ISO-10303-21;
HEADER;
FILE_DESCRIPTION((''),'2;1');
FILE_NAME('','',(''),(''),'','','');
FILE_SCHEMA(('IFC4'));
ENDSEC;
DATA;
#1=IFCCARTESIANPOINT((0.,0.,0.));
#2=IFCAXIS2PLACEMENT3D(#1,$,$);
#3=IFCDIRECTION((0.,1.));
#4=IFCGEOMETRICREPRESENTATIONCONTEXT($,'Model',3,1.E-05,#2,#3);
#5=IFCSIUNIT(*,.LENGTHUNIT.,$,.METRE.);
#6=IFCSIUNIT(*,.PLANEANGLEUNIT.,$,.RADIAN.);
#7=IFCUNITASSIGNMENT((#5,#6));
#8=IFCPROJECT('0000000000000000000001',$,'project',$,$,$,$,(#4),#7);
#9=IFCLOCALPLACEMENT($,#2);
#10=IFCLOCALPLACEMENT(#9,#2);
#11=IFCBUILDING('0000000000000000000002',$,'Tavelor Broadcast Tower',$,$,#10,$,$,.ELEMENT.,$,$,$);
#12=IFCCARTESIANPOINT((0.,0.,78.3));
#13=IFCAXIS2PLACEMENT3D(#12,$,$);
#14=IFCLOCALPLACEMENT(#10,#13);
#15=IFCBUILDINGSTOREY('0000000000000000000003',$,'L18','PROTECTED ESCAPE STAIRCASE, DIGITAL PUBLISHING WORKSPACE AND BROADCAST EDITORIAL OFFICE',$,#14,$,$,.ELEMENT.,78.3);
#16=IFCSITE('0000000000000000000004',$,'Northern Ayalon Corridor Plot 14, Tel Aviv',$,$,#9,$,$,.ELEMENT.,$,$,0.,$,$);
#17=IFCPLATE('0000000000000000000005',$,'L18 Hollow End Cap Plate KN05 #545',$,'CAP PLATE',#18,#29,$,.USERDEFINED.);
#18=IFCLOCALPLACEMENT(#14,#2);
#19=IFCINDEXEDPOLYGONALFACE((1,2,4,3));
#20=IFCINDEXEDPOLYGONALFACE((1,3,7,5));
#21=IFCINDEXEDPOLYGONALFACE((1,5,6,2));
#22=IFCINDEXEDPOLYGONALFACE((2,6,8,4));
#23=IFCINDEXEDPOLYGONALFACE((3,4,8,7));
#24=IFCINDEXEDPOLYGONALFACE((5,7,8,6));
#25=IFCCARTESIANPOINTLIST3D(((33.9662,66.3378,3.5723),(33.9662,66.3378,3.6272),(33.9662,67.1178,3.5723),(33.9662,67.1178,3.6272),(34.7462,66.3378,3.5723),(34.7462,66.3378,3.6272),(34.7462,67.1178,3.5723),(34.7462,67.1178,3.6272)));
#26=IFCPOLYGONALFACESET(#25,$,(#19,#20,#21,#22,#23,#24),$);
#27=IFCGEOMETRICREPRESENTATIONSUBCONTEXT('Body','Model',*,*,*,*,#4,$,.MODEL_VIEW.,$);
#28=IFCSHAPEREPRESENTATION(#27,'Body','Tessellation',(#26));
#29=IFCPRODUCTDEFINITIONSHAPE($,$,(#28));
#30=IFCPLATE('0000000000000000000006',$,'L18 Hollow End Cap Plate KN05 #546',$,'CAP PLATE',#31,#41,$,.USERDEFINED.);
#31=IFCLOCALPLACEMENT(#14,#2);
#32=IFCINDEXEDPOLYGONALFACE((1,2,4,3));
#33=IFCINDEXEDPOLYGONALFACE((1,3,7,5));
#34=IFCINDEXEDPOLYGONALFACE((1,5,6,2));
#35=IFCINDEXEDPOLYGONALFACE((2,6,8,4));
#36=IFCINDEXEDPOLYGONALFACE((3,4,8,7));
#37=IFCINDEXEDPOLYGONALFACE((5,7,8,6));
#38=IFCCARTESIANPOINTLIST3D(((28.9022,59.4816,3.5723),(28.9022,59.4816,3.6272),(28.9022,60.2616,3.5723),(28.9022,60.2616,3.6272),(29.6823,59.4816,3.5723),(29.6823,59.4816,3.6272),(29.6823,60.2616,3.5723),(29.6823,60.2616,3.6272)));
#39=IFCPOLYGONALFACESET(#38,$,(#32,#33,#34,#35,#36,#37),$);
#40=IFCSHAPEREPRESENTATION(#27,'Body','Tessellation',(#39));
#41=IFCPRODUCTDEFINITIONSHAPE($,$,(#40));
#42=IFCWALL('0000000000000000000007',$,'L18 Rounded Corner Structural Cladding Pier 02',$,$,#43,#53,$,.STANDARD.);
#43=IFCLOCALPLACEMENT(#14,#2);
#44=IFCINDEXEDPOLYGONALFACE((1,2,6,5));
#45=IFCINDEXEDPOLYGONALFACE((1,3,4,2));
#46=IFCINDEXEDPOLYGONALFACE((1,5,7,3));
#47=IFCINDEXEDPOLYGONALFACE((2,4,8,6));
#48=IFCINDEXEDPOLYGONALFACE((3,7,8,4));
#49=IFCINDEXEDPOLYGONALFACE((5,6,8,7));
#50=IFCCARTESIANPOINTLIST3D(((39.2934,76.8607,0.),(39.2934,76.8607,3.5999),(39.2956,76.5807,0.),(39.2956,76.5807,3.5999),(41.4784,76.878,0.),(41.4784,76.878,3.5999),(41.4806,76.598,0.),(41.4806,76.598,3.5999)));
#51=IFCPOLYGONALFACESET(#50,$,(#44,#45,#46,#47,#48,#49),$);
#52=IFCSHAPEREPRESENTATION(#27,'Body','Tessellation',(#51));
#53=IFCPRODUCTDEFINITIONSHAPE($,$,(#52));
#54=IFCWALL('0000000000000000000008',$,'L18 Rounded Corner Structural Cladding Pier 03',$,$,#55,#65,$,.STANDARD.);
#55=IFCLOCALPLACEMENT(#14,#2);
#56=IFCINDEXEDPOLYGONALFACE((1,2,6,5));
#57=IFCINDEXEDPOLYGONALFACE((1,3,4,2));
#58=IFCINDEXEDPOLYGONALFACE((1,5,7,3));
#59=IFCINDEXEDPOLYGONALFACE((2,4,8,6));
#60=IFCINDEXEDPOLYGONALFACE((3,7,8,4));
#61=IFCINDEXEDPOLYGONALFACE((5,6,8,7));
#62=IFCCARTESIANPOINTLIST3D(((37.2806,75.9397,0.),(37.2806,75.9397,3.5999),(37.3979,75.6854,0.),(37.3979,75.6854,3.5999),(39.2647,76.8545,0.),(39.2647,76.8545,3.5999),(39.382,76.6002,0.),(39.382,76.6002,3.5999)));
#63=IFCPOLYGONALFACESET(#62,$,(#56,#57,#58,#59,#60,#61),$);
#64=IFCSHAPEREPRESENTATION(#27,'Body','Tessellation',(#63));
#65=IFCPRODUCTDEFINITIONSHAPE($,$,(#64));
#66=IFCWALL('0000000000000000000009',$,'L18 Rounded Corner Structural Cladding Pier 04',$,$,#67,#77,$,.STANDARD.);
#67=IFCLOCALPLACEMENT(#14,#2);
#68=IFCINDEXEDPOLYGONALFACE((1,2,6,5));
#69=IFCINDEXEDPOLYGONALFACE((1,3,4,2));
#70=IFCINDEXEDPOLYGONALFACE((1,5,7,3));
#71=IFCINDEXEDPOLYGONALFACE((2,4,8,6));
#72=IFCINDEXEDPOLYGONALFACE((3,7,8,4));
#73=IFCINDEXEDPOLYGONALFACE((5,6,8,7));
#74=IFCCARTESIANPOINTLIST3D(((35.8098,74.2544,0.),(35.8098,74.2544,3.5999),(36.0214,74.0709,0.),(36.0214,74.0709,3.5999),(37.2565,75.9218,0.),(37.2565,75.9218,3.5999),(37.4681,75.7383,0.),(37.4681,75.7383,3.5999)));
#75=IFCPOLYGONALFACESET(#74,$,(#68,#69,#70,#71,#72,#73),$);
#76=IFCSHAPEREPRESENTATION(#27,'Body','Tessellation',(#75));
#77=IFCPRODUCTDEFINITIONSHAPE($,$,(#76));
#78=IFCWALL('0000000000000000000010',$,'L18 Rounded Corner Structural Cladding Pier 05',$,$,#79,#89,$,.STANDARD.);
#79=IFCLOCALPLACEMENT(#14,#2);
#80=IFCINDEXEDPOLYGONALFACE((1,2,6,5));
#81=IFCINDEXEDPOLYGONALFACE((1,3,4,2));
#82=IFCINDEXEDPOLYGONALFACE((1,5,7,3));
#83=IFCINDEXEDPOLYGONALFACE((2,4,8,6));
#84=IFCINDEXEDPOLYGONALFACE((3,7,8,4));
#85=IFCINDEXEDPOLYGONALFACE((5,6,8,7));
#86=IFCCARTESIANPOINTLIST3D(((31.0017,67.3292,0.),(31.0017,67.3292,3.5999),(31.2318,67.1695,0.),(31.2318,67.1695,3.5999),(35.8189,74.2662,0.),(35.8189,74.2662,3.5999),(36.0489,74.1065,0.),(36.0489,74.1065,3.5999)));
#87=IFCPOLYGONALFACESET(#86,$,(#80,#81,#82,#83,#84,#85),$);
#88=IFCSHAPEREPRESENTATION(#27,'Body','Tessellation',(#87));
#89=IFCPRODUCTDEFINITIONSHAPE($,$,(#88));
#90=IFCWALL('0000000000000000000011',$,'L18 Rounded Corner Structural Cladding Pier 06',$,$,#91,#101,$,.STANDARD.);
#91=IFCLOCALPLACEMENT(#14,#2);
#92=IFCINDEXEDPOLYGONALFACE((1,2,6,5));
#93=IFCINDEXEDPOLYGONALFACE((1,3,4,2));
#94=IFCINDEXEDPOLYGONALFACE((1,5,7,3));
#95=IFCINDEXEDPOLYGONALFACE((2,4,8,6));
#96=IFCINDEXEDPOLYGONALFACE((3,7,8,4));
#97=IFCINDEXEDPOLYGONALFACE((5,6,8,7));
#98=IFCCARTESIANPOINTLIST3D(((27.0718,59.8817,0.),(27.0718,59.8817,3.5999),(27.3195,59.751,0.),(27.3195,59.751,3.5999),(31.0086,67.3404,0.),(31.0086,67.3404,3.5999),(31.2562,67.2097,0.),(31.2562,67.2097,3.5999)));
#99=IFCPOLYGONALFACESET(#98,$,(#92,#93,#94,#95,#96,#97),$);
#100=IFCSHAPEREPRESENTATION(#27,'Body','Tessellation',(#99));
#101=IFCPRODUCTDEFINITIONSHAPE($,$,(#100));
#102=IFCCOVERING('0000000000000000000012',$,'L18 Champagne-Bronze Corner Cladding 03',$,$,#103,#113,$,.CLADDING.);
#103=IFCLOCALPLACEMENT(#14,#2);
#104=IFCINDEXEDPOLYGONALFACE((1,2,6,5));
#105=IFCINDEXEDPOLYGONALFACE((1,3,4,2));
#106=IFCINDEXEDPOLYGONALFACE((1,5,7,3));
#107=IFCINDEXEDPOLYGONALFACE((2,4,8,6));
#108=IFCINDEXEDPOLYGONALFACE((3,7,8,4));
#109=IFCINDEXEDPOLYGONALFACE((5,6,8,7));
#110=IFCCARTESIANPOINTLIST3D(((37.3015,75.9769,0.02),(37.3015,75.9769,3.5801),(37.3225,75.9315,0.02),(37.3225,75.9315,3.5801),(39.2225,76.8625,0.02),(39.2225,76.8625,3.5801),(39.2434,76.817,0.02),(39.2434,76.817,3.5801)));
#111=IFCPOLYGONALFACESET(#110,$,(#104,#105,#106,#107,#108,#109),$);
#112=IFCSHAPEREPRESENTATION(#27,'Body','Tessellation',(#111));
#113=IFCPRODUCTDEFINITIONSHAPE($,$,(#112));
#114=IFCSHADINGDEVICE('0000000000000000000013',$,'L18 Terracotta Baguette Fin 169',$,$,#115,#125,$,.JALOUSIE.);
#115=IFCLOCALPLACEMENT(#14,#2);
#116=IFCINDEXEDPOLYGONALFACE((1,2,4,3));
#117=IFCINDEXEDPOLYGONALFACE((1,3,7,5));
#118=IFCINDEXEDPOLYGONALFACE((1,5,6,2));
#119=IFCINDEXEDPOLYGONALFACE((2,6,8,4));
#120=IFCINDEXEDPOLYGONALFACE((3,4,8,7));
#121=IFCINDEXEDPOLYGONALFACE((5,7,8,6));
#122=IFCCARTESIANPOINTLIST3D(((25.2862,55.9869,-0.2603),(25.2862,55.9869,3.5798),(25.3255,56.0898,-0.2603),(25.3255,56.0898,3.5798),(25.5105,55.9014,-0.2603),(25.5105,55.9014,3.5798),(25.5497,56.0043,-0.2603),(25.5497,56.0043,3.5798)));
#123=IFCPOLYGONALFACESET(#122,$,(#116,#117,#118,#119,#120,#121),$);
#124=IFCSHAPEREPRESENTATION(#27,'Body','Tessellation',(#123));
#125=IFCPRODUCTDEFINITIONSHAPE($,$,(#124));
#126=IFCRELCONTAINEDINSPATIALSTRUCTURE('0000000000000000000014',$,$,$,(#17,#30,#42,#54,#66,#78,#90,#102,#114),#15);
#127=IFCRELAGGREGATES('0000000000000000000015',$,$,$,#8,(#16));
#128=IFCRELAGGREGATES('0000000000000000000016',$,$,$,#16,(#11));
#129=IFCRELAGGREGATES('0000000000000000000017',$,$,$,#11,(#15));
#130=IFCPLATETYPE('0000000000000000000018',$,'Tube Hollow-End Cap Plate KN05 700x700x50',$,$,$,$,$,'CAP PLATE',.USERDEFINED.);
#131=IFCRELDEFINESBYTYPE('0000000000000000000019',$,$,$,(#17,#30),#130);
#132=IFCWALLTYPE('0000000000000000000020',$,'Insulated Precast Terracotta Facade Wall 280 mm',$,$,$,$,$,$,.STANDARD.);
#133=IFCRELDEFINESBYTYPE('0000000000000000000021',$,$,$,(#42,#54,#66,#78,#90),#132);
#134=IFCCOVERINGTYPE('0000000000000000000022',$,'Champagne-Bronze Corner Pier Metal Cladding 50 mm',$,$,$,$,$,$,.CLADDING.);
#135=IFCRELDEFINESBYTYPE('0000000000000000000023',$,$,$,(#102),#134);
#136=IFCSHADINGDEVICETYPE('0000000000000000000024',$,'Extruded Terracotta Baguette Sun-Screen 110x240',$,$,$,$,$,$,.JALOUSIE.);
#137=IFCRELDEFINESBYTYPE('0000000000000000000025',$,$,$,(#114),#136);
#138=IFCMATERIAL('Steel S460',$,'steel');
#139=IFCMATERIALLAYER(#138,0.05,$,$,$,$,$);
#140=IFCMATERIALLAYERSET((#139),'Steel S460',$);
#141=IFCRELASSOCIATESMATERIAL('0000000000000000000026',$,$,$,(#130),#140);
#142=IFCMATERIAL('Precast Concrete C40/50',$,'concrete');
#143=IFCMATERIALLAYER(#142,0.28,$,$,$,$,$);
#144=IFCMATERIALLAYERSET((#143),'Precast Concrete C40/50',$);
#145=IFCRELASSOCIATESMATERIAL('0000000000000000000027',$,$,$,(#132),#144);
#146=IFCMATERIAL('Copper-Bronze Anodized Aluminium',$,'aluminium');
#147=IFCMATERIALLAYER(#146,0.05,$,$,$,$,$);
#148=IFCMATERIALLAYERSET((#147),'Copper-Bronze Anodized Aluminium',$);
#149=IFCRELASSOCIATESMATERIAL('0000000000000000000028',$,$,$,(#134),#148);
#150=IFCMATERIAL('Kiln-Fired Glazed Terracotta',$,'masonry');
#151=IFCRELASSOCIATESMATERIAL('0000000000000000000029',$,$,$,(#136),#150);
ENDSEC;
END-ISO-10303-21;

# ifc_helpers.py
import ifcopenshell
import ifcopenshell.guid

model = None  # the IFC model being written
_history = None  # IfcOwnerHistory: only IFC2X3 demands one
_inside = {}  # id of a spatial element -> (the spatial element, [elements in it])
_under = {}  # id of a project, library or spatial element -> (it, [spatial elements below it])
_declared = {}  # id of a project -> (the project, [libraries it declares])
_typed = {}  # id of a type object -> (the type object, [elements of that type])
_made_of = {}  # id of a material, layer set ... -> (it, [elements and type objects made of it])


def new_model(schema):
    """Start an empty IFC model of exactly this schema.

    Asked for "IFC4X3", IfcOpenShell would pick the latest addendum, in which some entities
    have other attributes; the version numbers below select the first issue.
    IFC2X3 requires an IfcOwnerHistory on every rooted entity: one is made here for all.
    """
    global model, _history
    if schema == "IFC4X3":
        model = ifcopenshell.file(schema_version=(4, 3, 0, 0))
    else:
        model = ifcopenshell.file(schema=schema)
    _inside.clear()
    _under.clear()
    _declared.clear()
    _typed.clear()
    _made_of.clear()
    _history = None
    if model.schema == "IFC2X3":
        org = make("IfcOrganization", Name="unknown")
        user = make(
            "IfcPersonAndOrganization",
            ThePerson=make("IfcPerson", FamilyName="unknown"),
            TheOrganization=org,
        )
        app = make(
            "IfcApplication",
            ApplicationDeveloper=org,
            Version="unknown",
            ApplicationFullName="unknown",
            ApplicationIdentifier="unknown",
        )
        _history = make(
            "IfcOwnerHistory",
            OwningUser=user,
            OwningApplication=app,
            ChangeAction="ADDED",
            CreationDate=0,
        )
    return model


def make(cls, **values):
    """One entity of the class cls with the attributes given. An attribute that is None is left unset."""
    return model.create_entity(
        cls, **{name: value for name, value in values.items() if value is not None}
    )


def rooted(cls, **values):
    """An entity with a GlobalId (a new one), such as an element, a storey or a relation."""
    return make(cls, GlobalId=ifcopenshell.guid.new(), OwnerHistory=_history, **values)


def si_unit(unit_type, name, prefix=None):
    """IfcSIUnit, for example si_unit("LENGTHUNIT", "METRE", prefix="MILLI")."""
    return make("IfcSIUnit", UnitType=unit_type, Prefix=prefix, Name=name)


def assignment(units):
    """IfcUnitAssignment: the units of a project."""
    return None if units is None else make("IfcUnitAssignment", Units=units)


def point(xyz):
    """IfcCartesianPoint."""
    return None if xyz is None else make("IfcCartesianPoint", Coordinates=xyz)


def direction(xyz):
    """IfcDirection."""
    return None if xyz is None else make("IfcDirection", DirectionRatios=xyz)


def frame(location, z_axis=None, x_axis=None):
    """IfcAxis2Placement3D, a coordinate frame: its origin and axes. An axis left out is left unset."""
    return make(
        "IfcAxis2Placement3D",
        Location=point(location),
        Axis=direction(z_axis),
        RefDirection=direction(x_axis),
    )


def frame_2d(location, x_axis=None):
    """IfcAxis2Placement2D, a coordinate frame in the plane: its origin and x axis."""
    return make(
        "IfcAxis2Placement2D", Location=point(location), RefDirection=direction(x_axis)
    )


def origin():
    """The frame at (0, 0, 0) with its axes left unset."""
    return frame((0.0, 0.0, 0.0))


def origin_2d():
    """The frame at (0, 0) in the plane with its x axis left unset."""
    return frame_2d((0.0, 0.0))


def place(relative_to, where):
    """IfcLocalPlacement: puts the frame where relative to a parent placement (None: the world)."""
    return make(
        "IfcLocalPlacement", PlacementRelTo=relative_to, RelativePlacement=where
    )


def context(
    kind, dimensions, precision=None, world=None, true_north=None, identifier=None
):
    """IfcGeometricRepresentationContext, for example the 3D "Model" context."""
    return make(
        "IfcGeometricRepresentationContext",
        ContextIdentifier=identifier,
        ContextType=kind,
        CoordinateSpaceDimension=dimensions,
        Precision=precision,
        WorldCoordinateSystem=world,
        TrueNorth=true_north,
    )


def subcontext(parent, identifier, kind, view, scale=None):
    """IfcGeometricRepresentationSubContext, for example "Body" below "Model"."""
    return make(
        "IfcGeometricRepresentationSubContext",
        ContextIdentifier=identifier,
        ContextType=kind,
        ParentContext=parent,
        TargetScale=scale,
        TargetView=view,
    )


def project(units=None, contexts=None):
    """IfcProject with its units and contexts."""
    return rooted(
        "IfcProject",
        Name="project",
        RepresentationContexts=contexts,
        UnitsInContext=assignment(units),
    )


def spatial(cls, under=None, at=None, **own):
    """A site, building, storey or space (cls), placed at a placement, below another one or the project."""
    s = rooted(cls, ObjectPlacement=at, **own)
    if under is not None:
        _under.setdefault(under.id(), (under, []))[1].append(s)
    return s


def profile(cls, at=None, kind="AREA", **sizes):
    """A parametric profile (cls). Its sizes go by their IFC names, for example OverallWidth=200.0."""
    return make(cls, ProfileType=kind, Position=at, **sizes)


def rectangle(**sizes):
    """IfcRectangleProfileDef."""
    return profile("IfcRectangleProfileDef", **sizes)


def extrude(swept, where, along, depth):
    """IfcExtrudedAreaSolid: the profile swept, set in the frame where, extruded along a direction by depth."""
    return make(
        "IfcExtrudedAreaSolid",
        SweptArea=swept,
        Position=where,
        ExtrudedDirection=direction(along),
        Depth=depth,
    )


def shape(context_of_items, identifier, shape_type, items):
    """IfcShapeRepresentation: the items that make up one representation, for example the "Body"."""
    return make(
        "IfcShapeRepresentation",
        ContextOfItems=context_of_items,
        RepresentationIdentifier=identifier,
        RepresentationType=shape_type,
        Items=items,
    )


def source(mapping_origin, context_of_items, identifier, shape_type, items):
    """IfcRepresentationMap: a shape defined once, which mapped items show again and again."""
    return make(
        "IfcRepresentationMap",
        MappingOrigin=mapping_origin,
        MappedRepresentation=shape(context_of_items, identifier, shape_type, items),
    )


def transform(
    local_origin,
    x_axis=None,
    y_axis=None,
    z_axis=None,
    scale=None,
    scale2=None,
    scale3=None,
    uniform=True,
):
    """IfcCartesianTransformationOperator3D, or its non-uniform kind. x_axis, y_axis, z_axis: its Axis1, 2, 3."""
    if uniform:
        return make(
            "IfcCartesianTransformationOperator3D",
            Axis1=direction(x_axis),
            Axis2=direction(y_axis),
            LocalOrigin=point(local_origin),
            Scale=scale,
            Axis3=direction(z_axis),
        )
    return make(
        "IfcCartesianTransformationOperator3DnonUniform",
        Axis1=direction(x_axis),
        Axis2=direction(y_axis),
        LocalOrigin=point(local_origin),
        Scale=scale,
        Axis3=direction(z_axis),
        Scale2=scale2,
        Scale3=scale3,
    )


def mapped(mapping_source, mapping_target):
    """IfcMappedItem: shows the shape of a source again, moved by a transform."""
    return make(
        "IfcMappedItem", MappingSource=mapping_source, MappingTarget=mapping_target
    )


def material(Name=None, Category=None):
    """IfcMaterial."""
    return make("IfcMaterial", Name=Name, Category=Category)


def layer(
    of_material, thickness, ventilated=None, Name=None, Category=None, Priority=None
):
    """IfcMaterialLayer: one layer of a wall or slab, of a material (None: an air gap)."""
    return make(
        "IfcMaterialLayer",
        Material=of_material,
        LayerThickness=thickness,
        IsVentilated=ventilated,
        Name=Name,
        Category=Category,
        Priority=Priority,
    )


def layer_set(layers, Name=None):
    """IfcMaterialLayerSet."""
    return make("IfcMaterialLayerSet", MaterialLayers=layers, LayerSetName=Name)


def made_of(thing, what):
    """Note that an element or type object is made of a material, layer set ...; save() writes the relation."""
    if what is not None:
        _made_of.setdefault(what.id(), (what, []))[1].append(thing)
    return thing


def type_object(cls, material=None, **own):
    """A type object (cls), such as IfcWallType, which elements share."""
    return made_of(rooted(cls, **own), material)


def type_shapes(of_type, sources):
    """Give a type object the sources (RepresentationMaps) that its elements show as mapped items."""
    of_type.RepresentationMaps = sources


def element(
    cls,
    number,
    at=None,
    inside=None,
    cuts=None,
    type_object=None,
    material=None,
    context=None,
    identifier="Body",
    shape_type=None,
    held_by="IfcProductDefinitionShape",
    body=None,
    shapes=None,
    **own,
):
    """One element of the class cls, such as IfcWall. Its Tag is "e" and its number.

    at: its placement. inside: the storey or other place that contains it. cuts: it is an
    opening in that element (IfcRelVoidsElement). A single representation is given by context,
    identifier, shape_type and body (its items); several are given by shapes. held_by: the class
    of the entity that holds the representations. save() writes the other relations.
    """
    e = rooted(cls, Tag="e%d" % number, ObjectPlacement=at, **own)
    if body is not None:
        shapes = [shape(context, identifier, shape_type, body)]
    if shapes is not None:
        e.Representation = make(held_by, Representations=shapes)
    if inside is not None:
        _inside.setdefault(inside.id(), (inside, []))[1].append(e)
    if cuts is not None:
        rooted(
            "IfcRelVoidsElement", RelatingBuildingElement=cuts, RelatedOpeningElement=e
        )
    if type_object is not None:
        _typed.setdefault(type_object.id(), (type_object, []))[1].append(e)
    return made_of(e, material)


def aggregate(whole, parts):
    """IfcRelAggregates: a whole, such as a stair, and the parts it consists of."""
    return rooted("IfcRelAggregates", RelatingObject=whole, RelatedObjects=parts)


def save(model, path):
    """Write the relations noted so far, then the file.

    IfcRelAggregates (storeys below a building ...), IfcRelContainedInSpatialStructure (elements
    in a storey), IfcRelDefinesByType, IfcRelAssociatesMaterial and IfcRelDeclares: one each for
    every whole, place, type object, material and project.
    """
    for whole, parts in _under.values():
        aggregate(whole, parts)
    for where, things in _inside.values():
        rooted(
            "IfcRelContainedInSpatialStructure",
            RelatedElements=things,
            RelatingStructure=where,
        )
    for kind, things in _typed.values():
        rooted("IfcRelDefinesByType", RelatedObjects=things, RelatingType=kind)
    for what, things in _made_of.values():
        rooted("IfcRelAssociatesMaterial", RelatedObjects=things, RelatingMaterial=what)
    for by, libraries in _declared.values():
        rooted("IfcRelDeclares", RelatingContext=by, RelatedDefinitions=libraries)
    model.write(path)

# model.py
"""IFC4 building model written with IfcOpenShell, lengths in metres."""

from ifc_helpers import new_model, si_unit, direction, frame, frame_2d, origin, origin_2d, place, context, subcontext, project, spatial, rectangle, extrude, source, transform, mapped, material, layer, layer_set, type_object, type_shapes, element, save


model = new_model("IFC4")

# Units and contexts
model_context = context("Model", 3, precision=1e-05, world=origin(), true_north=direction((0.0, 1.0)))
body_context = subcontext(model_context, "Body", "Model", "MODEL_VIEW")
ifc_project = project(units=[si_unit("LENGTHUNIT", "METRE"), si_unit("PLANEANGLEUNIT", "RADIAN")], contexts=[model_context])

# Site, building, storey
site_placement = place(None, origin())
site = spatial("IfcSite", under=ifc_project, at=site_placement, Name="Northern Ayalon Corridor Plot 14, Tel Aviv", CompositionType="ELEMENT", RefElevation=0.0)
building_placement = place(site_placement, origin())
building = spatial("IfcBuilding", under=site, at=building_placement, Name="Tavelor Broadcast Tower", CompositionType="ELEMENT")
storey_placement = place(building_placement, frame((0.0, 0.0, 78.3)))
storey = spatial("IfcBuildingStorey", under=building, at=storey_placement, Name="L18", Description="PROTECTED ESCAPE STAIRCASE, DIGITAL PUBLISHING WORKSPACE AND BROADCAST EDITORIAL OFFICE", CompositionType="ELEMENT", Elevation=78.3)

# Shared definitions
ifc_material_1 = material(Name="Steel S460", Category="steel")

# Plates
ifc_layer_1 = layer(ifc_material_1, 0.05)
ifc_layer_set_1 = layer_set([ifc_layer_1], Name="Steel S460")
plate_type = type_object("IfcPlateType", Name="Tube Hollow-End Cap Plate KN05 700x700x50", ElementType="CAP PLATE", PredefinedType="USERDEFINED", material=ifc_layer_set_1)
shared_shape_1 = source(origin(), body_context, "Body", "SweptSolid", [
    extrude(rectangle(XDim=0.78, YDim=0.78, at=origin_2d()), origin(), (0.0, 0.0, 1.0), 0.0549),
])
for number, where, z_axis, x_axis, name in (
    (1, (34.3562, 66.7278, 3.5723), (0.0, 0.0, 1.0), (1.0, 0.0, 0.0), "L18 Hollow End Cap Plate KN05 #545"),
    (2, (29.2922, 59.8716, 3.5723), (0.0, 0.0, 1.0), (1.0, 0.0, 0.0), "L18 Hollow End Cap Plate KN05 #546"),
):
    element("IfcPlate", number, at=place(storey_placement, frame(where, z_axis=z_axis, x_axis=x_axis)), inside=storey, type_object=plate_type, Name=name, ObjectType="CAP PLATE", PredefinedType="USERDEFINED", context=body_context, shape_type="MappedRepresentation", body=[
        mapped(shared_shape_1, transform((0.0, 0.0, 0.0), scale=1.0)),
    ])

# Walls
ifc_material_2 = material(Name="Precast Concrete C40/50", Category="concrete")
ifc_layer_2 = layer(ifc_material_2, 0.28)
ifc_layer_set_2 = layer_set([ifc_layer_2], Name="Precast Concrete C40/50")
wall_type = type_object("IfcWallType", Name="Insulated Precast Terracotta Facade Wall 280 mm", PredefinedType="STANDARD", material=ifc_layer_set_2)
wall_1_placement = place(storey_placement, frame((41.4795, 76.738, 0.0), z_axis=(0.0, 0.0, 1.0), x_axis=(-0.999969, -0.007933, 0.0)))
element("IfcWall", 3, at=wall_1_placement, inside=storey, type_object=wall_type, Name="L18 Rounded Corner Structural Cladding Pier 02", PredefinedType="STANDARD", context=body_context, shape_type="SweptSolid", body=[
    extrude(rectangle(XDim=2.1851, YDim=0.28, at=frame_2d((1.0925, 0.0))), origin(), (0.0, 0.0, 1.0), 3.5999),
])
wall_2_placement = place(storey_placement, frame((39.3232, 76.7273, 0.0), z_axis=(0.0, 0.0, 1.0), x_axis=(-0.908126, -0.418697, 0.0)))
element("IfcWall", 4, at=wall_2_placement, inside=storey, type_object=wall_type, Name="L18 Rounded Corner Structural Cladding Pier 03", PredefinedType="STANDARD", context=body_context, shape_type="SweptSolid", body=[
    extrude(rectangle(XDim=2.1848, YDim=0.28, at=frame_2d((1.0923, 0.0))), origin(), (0.0, 0.0, 1.0), 3.5999),
])
wall_3_placement = place(storey_placement, frame((37.3623, 75.8301, 0.0), z_axis=(0.0, 0.0, 1.0), x_axis=(-0.655351, -0.755324, 0.0)))
element("IfcWall", 5, at=wall_3_placement, inside=storey, type_object=wall_type, Name="L18 Rounded Corner Structural Cladding Pier 04", PredefinedType="STANDARD", context=body_context, shape_type="SweptSolid", body=[
    extrude(rectangle(XDim=2.2075, YDim=0.28, at=frame_2d((1.1038, 0.0))), origin(), (0.0, 0.0, 1.0), 3.5999),
])
wall_4_placement = place(storey_placement, frame((35.9338, 74.1863, 0.0), z_axis=(0.0, 0.0, 1.0), x_axis=(-0.570377, -0.821383, 0.0)))
element("IfcWall", 6, at=wall_4_placement, inside=storey, type_object=wall_type, Name="L18 Rounded Corner Structural Cladding Pier 05", PredefinedType="STANDARD", context=body_context, shape_type="SweptSolid", body=[
    extrude(rectangle(XDim=8.4456, YDim=0.28, at=frame_2d((4.2227, 0.0))), origin(), (0.0, 0.0, 1.0), 3.5999),
])
wall_5_placement = place(storey_placement, frame((31.1323, 67.2749, 0.0), z_axis=(0.0, 0.0, 1.0), x_axis=(-0.466778, -0.884374, 0.0)))
element("IfcWall", 7, at=wall_5_placement, inside=storey, type_object=wall_type, Name="L18 Rounded Corner Structural Cladding Pier 06", PredefinedType="STANDARD", context=body_context, shape_type="SweptSolid", body=[
    extrude(rectangle(XDim=8.4338, YDim=0.28, at=frame_2d((4.2168, 0.0))), origin(), (0.0, 0.0, 1.0), 3.5999),
])

# Covering
ifc_material_3 = material(Name="Copper-Bronze Anodized Aluminium", Category="aluminium")
ifc_layer_3 = layer(ifc_material_3, 0.05)
ifc_layer_set_3 = layer_set([ifc_layer_3], Name="Copper-Bronze Anodized Aluminium")
covering_type = type_object("IfcCoveringType", Name="Champagne-Bronze Corner Pier Metal Cladding 50 mm", PredefinedType="CLADDING", material=ifc_layer_set_3)
covering_placement = place(storey_placement, frame((38.2725, 76.397, 0.02), z_axis=(0.0, 0.0, 1.0), x_axis=(-0.908143, -0.41866, 0.0)))
element("IfcCovering", 8, at=covering_placement, inside=storey, type_object=covering_type, Name="L18 Champagne-Bronze Corner Cladding 03", PredefinedType="CLADDING", context=body_context, shape_type="SweptSolid", body=[
    extrude(rectangle(XDim=2.1152, YDim=0.05, at=origin_2d()), origin(), (0.0, 0.0, 1.0), 3.5601),
])

# Shading device
ifc_material_4 = material(Name="Kiln-Fired Glazed Terracotta", Category="masonry")
shading_device_type = type_object("IfcShadingDeviceType", Name="Extruded Terracotta Baguette Sun-Screen 110x240", PredefinedType="JALOUSIE", material=ifc_material_4)
shared_shape_2 = source(origin(), body_context, "Body", "SweptSolid", [
    extrude(rectangle(XDim=0.1101, YDim=0.24, at=origin_2d()), origin(), (0.0, 0.0, 1.0), 3.8401),
])
type_shapes(shading_device_type, [shared_shape_2])
shading_device_placement = place(storey_placement, frame((25.418, 55.9956, -0.2603), z_axis=(0.0, 0.0, 1.0), x_axis=(-0.356412, -0.934329, 0.0)))
element("IfcShadingDevice", 9, at=shading_device_placement, inside=storey, type_object=shading_device_type, Name="L18 Terracotta Baguette Fin 169", PredefinedType="JALOUSIE", context=body_context, shape_type="MappedRepresentation", body=[
    mapped(shared_shape_2, transform((0.0, 0.0, 0.0), scale=1.0)),
])

save(model, "model.ifc")
